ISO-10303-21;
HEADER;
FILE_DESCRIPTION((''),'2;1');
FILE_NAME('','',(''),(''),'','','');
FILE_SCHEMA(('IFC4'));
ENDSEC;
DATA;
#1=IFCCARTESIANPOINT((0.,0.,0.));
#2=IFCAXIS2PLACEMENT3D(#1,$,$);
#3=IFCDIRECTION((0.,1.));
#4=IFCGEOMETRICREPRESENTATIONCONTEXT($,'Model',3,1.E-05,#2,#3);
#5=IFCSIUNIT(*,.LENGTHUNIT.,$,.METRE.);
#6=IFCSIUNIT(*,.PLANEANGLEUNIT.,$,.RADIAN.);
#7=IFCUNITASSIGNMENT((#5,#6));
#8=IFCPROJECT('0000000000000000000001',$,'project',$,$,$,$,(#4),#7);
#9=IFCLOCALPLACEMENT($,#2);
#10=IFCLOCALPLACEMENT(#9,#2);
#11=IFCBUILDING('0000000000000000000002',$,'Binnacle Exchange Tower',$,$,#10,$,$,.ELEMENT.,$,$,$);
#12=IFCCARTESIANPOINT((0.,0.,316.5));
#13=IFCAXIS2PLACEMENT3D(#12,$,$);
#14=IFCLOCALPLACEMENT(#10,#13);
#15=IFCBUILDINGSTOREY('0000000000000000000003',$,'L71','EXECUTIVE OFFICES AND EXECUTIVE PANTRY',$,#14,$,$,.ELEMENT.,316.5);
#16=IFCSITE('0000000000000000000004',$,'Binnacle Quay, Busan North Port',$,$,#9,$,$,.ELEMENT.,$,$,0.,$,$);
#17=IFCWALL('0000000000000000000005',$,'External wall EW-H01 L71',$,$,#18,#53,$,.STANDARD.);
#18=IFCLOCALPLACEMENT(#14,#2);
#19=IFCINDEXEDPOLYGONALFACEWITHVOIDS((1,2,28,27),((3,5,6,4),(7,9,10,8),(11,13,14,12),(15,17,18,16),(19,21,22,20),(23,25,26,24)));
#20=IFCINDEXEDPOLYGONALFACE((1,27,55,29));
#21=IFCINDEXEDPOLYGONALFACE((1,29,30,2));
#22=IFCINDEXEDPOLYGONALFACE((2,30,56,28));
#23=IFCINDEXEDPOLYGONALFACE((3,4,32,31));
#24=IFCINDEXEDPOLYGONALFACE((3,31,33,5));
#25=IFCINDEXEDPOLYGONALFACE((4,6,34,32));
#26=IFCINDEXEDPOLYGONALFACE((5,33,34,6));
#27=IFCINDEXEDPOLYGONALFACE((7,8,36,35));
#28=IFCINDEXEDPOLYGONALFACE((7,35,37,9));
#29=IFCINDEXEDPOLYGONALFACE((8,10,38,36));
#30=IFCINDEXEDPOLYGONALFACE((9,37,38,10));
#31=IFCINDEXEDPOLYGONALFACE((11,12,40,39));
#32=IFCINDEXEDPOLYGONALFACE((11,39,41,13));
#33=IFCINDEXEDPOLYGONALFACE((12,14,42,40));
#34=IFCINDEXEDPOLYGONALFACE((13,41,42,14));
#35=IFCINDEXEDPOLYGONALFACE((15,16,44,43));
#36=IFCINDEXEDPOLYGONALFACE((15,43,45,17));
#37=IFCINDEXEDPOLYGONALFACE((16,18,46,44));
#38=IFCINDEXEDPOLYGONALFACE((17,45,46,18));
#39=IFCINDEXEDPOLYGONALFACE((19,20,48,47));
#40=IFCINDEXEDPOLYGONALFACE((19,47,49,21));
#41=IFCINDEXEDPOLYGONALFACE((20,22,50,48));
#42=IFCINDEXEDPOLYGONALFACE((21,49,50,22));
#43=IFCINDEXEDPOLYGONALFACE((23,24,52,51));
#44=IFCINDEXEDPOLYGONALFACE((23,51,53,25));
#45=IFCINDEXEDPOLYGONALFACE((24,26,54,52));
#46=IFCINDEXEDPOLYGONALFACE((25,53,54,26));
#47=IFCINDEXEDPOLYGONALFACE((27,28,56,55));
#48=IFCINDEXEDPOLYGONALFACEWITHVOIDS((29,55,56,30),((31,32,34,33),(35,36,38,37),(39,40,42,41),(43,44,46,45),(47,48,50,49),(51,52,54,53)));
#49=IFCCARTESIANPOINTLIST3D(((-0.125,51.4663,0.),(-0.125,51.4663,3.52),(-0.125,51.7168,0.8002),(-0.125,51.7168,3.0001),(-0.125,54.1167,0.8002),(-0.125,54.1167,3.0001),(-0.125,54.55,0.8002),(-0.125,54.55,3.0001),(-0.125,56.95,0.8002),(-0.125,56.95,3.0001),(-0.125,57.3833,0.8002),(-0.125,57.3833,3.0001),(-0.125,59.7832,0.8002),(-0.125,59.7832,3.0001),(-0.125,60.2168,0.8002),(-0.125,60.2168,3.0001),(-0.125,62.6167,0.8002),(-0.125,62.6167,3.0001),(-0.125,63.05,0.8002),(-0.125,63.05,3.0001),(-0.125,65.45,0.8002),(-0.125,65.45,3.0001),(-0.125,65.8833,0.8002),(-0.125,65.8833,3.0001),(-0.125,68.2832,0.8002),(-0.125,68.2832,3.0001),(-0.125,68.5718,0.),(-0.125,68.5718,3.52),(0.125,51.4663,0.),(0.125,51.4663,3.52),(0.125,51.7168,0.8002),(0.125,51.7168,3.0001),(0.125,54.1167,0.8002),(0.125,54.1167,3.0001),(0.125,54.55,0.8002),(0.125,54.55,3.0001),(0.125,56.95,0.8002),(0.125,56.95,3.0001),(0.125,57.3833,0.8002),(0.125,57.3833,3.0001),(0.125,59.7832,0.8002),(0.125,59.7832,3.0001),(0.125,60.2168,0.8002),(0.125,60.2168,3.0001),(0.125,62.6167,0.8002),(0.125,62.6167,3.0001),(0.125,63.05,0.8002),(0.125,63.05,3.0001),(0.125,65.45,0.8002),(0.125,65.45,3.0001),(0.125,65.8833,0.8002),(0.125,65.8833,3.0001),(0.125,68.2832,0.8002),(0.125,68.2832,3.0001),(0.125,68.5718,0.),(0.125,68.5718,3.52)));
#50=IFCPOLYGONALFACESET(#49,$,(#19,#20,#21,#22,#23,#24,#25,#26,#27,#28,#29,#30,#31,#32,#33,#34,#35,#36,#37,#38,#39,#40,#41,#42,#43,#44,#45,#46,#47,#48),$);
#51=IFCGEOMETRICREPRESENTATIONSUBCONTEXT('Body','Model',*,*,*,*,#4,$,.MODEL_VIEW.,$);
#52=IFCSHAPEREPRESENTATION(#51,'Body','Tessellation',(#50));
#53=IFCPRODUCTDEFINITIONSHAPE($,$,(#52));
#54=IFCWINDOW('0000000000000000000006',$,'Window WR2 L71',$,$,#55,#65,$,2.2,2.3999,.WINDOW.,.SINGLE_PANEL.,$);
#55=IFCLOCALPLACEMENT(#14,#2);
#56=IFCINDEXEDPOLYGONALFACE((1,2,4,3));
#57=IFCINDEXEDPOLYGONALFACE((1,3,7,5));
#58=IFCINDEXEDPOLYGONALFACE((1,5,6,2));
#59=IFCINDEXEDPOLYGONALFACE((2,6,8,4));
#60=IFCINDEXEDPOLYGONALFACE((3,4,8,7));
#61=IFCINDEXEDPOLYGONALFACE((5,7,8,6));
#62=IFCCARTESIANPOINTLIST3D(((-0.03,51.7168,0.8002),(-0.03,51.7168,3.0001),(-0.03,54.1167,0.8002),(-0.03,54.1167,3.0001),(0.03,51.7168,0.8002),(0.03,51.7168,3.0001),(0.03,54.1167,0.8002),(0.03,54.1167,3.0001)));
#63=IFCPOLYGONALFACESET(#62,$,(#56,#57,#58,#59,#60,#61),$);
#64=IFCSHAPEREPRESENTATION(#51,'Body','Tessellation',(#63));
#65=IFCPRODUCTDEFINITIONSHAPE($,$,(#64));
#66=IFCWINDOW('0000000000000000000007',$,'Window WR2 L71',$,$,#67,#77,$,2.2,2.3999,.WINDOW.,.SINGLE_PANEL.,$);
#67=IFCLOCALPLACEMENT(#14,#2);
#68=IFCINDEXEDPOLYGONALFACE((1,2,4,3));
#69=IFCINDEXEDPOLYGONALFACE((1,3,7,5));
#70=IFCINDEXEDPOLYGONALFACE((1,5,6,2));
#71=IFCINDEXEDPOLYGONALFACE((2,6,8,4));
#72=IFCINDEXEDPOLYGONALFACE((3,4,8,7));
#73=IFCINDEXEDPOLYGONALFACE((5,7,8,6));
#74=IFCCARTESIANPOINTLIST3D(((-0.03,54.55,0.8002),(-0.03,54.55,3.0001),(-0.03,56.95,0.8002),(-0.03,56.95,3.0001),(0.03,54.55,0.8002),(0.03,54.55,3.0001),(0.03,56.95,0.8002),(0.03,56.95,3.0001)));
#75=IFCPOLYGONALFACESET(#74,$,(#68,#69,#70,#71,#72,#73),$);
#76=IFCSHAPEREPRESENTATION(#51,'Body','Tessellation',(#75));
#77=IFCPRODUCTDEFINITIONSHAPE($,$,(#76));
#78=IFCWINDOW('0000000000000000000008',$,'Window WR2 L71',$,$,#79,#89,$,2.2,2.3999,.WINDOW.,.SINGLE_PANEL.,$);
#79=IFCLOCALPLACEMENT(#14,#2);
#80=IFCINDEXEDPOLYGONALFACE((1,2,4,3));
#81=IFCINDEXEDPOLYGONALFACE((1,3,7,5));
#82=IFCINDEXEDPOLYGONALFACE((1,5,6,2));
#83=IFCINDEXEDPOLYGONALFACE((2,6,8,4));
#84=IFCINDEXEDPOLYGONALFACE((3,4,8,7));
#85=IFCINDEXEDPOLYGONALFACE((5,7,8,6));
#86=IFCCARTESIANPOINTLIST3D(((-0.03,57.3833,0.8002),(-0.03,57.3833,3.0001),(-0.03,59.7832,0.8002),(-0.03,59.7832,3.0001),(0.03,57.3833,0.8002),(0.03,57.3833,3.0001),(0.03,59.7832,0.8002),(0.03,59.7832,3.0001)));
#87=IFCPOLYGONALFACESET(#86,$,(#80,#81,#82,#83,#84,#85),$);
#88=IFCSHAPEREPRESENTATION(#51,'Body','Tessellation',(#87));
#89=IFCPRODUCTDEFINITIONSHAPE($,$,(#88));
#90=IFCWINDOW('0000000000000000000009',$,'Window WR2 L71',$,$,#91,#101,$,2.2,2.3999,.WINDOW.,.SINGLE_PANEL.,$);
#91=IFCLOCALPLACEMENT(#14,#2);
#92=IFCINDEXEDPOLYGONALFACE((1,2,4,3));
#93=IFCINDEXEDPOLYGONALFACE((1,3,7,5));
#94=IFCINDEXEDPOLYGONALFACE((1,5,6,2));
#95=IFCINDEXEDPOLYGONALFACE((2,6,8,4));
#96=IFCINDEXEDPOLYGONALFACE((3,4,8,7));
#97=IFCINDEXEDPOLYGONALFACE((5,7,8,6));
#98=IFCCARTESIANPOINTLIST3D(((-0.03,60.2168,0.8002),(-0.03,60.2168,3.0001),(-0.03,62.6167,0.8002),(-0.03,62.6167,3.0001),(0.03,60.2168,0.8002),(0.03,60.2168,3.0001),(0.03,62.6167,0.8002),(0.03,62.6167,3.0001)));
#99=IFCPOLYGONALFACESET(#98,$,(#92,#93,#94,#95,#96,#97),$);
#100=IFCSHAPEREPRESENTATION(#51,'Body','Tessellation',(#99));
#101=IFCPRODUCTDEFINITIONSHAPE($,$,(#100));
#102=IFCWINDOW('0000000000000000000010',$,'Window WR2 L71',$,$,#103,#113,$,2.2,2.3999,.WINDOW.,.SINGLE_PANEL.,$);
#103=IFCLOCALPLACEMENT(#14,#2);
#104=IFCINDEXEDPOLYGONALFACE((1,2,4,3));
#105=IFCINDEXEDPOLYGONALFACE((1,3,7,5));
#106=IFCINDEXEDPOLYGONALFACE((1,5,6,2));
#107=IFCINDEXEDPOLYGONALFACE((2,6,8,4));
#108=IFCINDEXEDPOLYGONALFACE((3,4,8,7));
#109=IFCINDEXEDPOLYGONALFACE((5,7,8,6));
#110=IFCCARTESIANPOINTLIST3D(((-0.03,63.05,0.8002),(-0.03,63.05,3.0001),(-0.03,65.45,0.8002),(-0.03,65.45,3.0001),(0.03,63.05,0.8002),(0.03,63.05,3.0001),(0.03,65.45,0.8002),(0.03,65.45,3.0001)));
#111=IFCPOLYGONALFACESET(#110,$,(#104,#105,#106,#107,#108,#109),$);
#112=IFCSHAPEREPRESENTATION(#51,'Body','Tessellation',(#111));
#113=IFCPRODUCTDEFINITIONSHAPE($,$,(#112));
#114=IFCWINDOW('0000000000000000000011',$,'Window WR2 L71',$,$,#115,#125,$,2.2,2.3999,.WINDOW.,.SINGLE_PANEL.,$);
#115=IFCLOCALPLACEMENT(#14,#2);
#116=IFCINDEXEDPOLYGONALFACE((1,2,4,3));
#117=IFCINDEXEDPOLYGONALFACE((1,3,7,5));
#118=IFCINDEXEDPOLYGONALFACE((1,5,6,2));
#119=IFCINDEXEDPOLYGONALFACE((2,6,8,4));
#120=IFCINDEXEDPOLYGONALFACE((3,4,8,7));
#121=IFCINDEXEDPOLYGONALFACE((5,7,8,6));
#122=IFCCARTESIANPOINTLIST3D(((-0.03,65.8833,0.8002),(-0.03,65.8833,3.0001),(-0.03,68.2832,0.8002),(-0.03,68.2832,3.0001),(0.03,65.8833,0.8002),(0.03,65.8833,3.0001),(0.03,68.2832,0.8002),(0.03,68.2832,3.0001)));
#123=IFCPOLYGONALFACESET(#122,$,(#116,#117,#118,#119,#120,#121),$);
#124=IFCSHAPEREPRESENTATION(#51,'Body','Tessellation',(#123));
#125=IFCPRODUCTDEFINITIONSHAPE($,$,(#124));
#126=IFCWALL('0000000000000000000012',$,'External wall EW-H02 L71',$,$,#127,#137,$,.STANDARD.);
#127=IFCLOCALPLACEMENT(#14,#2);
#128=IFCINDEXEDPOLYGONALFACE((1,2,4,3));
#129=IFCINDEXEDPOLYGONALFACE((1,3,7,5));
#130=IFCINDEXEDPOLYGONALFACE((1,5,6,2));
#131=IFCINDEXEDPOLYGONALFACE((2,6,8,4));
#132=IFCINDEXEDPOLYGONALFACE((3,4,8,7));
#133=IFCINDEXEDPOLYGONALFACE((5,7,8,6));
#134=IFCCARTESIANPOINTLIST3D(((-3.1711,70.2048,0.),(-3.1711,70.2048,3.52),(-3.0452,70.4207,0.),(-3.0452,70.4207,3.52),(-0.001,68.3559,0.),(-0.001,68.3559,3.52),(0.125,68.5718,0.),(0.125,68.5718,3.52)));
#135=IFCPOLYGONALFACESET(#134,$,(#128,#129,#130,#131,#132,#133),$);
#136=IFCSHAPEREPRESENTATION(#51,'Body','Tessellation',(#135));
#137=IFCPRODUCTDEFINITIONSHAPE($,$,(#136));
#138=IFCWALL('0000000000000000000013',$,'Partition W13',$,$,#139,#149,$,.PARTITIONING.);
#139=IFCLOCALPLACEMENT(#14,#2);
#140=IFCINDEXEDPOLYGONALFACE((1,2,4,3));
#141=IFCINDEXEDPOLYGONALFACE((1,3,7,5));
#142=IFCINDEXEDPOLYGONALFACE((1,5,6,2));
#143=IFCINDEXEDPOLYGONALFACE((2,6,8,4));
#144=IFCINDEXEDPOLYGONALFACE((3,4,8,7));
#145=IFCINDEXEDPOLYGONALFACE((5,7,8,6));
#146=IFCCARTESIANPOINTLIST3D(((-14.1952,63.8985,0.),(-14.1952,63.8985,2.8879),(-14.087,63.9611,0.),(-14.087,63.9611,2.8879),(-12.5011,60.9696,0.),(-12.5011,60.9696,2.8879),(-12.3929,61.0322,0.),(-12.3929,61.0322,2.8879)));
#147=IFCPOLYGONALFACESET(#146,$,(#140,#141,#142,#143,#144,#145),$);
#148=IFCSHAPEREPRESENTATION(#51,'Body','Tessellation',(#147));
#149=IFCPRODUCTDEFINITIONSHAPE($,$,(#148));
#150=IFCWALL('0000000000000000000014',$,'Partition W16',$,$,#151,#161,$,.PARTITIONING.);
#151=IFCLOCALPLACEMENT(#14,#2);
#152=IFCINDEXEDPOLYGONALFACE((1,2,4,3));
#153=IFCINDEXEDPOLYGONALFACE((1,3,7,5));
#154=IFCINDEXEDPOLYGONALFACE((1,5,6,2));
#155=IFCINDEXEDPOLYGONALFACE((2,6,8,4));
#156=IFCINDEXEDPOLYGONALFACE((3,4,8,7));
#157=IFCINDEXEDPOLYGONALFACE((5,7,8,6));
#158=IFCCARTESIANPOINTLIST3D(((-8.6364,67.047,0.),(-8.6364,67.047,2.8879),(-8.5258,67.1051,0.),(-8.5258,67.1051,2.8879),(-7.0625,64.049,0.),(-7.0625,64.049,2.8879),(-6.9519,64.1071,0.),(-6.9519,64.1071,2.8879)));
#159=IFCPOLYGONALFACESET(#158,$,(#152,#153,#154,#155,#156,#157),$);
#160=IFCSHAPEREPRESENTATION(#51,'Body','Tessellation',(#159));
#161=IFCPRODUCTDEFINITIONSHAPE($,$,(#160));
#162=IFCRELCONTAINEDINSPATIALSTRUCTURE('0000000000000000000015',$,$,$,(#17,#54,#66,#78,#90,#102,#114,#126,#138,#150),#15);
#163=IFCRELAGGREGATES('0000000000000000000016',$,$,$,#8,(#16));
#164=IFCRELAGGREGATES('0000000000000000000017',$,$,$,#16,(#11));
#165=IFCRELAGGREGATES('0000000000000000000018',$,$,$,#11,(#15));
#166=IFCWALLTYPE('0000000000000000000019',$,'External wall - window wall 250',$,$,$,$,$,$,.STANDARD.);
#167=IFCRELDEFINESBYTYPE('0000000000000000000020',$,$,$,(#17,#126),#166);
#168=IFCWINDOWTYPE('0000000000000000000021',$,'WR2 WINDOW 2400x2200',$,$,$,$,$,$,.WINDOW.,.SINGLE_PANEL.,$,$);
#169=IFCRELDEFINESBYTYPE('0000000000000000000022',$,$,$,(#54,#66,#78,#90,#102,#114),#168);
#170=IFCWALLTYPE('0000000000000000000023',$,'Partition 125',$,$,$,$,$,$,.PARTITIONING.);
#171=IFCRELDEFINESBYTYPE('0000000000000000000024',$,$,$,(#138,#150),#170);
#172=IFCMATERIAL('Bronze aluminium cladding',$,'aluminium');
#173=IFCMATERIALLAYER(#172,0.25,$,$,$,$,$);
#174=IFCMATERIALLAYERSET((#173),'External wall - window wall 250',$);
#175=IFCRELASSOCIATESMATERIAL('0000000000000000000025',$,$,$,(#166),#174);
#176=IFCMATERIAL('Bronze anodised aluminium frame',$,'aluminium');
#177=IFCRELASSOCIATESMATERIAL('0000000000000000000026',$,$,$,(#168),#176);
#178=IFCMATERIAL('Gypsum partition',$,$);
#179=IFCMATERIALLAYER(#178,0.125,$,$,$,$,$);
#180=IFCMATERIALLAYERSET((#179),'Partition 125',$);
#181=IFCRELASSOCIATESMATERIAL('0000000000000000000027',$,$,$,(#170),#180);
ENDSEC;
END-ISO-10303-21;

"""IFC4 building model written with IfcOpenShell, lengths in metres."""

from ifc_helpers import new_model, si_unit, direction, frame, frame_2d, origin, place, context, subcontext, project, spatial, rectangle, extrude, material, layer, layer_set, type_object, element, fill, save


model = new_model("IFC4")

# Units and contexts
model_context = context("Model", 3, precision=1e-05, world=origin(), true_north=direction((0.0, 1.0)))
body_context = subcontext(model_context, "Body", "Model", "MODEL_VIEW")
ifc_project = project(units=[si_unit("LENGTHUNIT", "METRE"), si_unit("PLANEANGLEUNIT", "RADIAN")], contexts=[model_context])

# Site, building, storey
site_placement = place(None, origin())
site = spatial("IfcSite", under=ifc_project, at=site_placement, Name="Binnacle Quay, Busan North Port", CompositionType="ELEMENT", RefElevation=0.0)
building_placement = place(site_placement, origin())
building = spatial("IfcBuilding", under=site, at=building_placement, Name="Binnacle Exchange Tower", CompositionType="ELEMENT")
storey_placement = place(building_placement, frame((0.0, 0.0, 316.5)))
storey = spatial("IfcBuildingStorey", under=building, at=storey_placement, Name="L71", Description="EXECUTIVE OFFICES AND EXECUTIVE PANTRY", CompositionType="ELEMENT", Elevation=316.5)

# Shared definitions
ifc_material_1 = material(Name="Bronze anodised aluminium frame", Category="aluminium")

# Wall, openings, windows
ifc_material_2 = material(Name="Bronze aluminium cladding", Category="aluminium")
ifc_layer_1 = layer(ifc_material_2, 0.25)
ifc_layer_set_1 = layer_set([ifc_layer_1], Name="External wall - window wall 250")
wall_type_1 = type_object("IfcWallType", Name="External wall - window wall 250", PredefinedType="STANDARD", material=ifc_layer_set_1)
wall_1_placement = place(storey_placement, frame((0.0, 68.5718, 0.0), z_axis=(0.0, 0.0, 1.0), x_axis=(0.0, -1.0, 0.0)))
wall_1 = element("IfcWall", 1, at=wall_1_placement, inside=storey, type_object=wall_type_1, Name="External wall EW-H01 L71", PredefinedType="STANDARD", context=body_context, shape_type="SweptSolid", body=[
    extrude(rectangle(XDim=17.1055, YDim=0.25, at=frame_2d((8.5527, 0.0))), origin(), (0.0, 0.0, 1.0), 3.52),
])
opening_1_placement = place(wall_1_placement, frame((14.4551, 0.0, 0.8)))
opening_1 = element("IfcOpeningElement", 2, at=opening_1_placement, cuts=wall_1, PredefinedType="OPENING", context=body_context, shape_type="SweptSolid", body=[
    extrude(rectangle(XDim=2.3999, YDim=2.2, at=frame_2d((1.2, 1.1001))), frame((0.0, 0.135, 0.0), z_axis=(0.0, -1.0, 0.0), x_axis=(1.0, 0.0, 0.0)), (0.0, 0.0, 1.0), 0.27),
])
opening_2_placement = place(wall_1_placement, frame((11.6218, 0.0, 0.8)))
opening_2 = element("IfcOpeningElement", 3, at=opening_2_placement, cuts=wall_1, PredefinedType="OPENING", context=body_context, shape_type="SweptSolid", body=[
    extrude(rectangle(XDim=2.3999, YDim=2.2, at=frame_2d((1.2, 1.1001))), frame((0.0, 0.135, 0.0), z_axis=(0.0, -1.0, 0.0), x_axis=(1.0, 0.0, 0.0)), (0.0, 0.0, 1.0), 0.27),
])
opening_3_placement = place(wall_1_placement, frame((8.7886, 0.0, 0.8)))
opening_3 = element("IfcOpeningElement", 4, at=opening_3_placement, cuts=wall_1, PredefinedType="OPENING", context=body_context, shape_type="SweptSolid", body=[
    extrude(rectangle(XDim=2.3999, YDim=2.2, at=frame_2d((1.2, 1.1001))), frame((0.0, 0.135, 0.0), z_axis=(0.0, -1.0, 0.0), x_axis=(1.0, 0.0, 0.0)), (0.0, 0.0, 1.0), 0.27),
])
opening_4_placement = place(wall_1_placement, frame((5.9551, 0.0, 0.8)))
opening_4 = element("IfcOpeningElement", 5, at=opening_4_placement, cuts=wall_1, PredefinedType="OPENING", context=body_context, shape_type="SweptSolid", body=[
    extrude(rectangle(XDim=2.3999, YDim=2.2, at=frame_2d((1.2, 1.1001))), frame((0.0, 0.135, 0.0), z_axis=(0.0, -1.0, 0.0), x_axis=(1.0, 0.0, 0.0)), (0.0, 0.0, 1.0), 0.27),
])
opening_5_placement = place(wall_1_placement, frame((3.1218, 0.0, 0.8)))
opening_5 = element("IfcOpeningElement", 6, at=opening_5_placement, cuts=wall_1, PredefinedType="OPENING", context=body_context, shape_type="SweptSolid", body=[
    extrude(rectangle(XDim=2.3999, YDim=2.2, at=frame_2d((1.2, 1.1001))), frame((0.0, 0.135, 0.0), z_axis=(0.0, -1.0, 0.0), x_axis=(1.0, 0.0, 0.0)), (0.0, 0.0, 1.0), 0.27),
])
opening_6_placement = place(wall_1_placement, frame((0.2886, 0.0, 0.8)))
opening_6 = element("IfcOpeningElement", 7, at=opening_6_placement, cuts=wall_1, PredefinedType="OPENING", context=body_context, shape_type="SweptSolid", body=[
    extrude(rectangle(XDim=2.3999, YDim=2.2, at=frame_2d((1.2, 1.1001))), frame((0.0, 0.135, 0.0), z_axis=(0.0, -1.0, 0.0), x_axis=(1.0, 0.0, 0.0)), (0.0, 0.0, 1.0), 0.27),
])
window_type = type_object("IfcWindowType", Name="WR2 WINDOW 2400x2200", PartitioningType="SINGLE_PANEL", PredefinedType="WINDOW", material=ifc_material_1)
window_1_placement = place(opening_1_placement, origin())
window_1 = element("IfcWindow", 8, at=window_1_placement, inside=storey, type_object=window_type, Name="Window WR2 L71", OverallHeight=2.2, OverallWidth=2.3999, PartitioningType="SINGLE_PANEL", PredefinedType="WINDOW", context=body_context, shape_type="SweptSolid", body=[
    extrude(rectangle(XDim=2.3999, YDim=2.2, at=frame_2d((1.2, 1.1001))), frame((0.0, 0.03, 0.0), z_axis=(0.0, -1.0, 0.0), x_axis=(1.0, 0.0, 0.0)), (0.0, 0.0, 1.0), 0.0601),
])
fill(opening_1, window_1)
window_2_placement = place(opening_2_placement, origin())
window_2 = element("IfcWindow", 9, at=window_2_placement, inside=storey, type_object=window_type, Name="Window WR2 L71", OverallHeight=2.2, OverallWidth=2.3999, PartitioningType="SINGLE_PANEL", PredefinedType="WINDOW", context=body_context, shape_type="SweptSolid", body=[
    extrude(rectangle(XDim=2.3999, YDim=2.2, at=frame_2d((1.2, 1.1001))), frame((0.0, 0.03, 0.0), z_axis=(0.0, -1.0, 0.0), x_axis=(1.0, 0.0, 0.0)), (0.0, 0.0, 1.0), 0.0601),
])
fill(opening_2, window_2)
window_3_placement = place(opening_3_placement, origin())
window_3 = element("IfcWindow", 10, at=window_3_placement, inside=storey, type_object=window_type, Name="Window WR2 L71", OverallHeight=2.2, OverallWidth=2.3999, PartitioningType="SINGLE_PANEL", PredefinedType="WINDOW", context=body_context, shape_type="SweptSolid", body=[
    extrude(rectangle(XDim=2.3999, YDim=2.2, at=frame_2d((1.2, 1.1001))), frame((0.0, 0.03, 0.0), z_axis=(0.0, -1.0, 0.0), x_axis=(1.0, 0.0, 0.0)), (0.0, 0.0, 1.0), 0.0601),
])
fill(opening_3, window_3)
window_4_placement = place(opening_4_placement, origin())
window_4 = element("IfcWindow", 11, at=window_4_placement, inside=storey, type_object=window_type, Name="Window WR2 L71", OverallHeight=2.2, OverallWidth=2.3999, PartitioningType="SINGLE_PANEL", PredefinedType="WINDOW", context=body_context, shape_type="SweptSolid", body=[
    extrude(rectangle(XDim=2.3999, YDim=2.2, at=frame_2d((1.2, 1.1001))), frame((0.0, 0.03, 0.0), z_axis=(0.0, -1.0, 0.0), x_axis=(1.0, 0.0, 0.0)), (0.0, 0.0, 1.0), 0.0601),
])
fill(opening_4, window_4)
window_5_placement = place(opening_5_placement, origin())
window_5 = element("IfcWindow", 12, at=window_5_placement, inside=storey, type_object=window_type, Name="Window WR2 L71", OverallHeight=2.2, OverallWidth=2.3999, PartitioningType="SINGLE_PANEL", PredefinedType="WINDOW", context=body_context, shape_type="SweptSolid", body=[
    extrude(rectangle(XDim=2.3999, YDim=2.2, at=frame_2d((1.2, 1.1001))), frame((0.0, 0.03, 0.0), z_axis=(0.0, -1.0, 0.0), x_axis=(1.0, 0.0, 0.0)), (0.0, 0.0, 1.0), 0.0601),
])
fill(opening_5, window_5)
window_6_placement = place(opening_6_placement, origin())
window_6 = element("IfcWindow", 13, at=window_6_placement, inside=storey, type_object=window_type, Name="Window WR2 L71", OverallHeight=2.2, OverallWidth=2.3999, PartitioningType="SINGLE_PANEL", PredefinedType="WINDOW", context=body_context, shape_type="SweptSolid", body=[
    extrude(rectangle(XDim=2.3999, YDim=2.2, at=frame_2d((1.2, 1.1001))), frame((0.0, 0.03, 0.0), z_axis=(0.0, -1.0, 0.0), x_axis=(1.0, 0.0, 0.0)), (0.0, 0.0, 1.0), 0.0601),
])
fill(opening_6, window_6)

# Walls
wall_2_placement = place(storey_placement, frame((-3.1082, 70.3127, 0.0), z_axis=(0.0, 0.0, 1.0), x_axis=(0.863825, -0.503792, 0.0)))
element("IfcWall", 14, at=wall_2_placement, inside=storey, type_object=wall_type_1, Name="External wall EW-H02 L71", PredefinedType="STANDARD", context=body_context, shape_type="SweptSolid", body=[
    extrude(rectangle(XDim=3.6699, YDim=0.25, at=frame_2d((1.835, 0.0))), origin(), (0.0, 0.0, 1.0), 3.52),
])
ifc_material_3 = material(Name="Gypsum partition")
ifc_layer_2 = layer(ifc_material_3, 0.125)
ifc_layer_set_2 = layer_set([ifc_layer_2], Name="Partition 125")
wall_type_2 = type_object("IfcWallType", Name="Partition 125", PredefinedType="PARTITIONING", material=ifc_layer_set_2)
wall_3_placement = place(storey_placement, frame((-14.1411, 63.9299, 0.0), z_axis=(0.0, 0.0, 1.0), x_axis=(0.500678, -0.865634, 0.0)))
element("IfcWall", 15, at=wall_3_placement, inside=storey, type_object=wall_type_2, Name="Partition W13", PredefinedType="PARTITIONING", context=body_context, shape_type="SweptSolid", body=[
    extrude(rectangle(XDim=3.3835, YDim=0.125, at=frame_2d((1.6919, 0.0))), origin(), (0.0, 0.0, 1.0), 2.8879),
])
wall_4_placement = place(storey_placement, frame((-8.5811, 67.0759, 0.0), z_axis=(0.0, 0.0, 1.0), x_axis=(0.464834, -0.885398, 0.0)))
element("IfcWall", 16, at=wall_4_placement, inside=storey, type_object=wall_type_2, Name="Partition W16", PredefinedType="PARTITIONING", context=body_context, shape_type="SweptSolid", body=[
    extrude(rectangle(XDim=3.386, YDim=0.125, at=frame_2d((1.6929, 0.0))), origin(), (0.0, 0.0, 1.0), 2.8879),
])

save(model, "model.ifc")
